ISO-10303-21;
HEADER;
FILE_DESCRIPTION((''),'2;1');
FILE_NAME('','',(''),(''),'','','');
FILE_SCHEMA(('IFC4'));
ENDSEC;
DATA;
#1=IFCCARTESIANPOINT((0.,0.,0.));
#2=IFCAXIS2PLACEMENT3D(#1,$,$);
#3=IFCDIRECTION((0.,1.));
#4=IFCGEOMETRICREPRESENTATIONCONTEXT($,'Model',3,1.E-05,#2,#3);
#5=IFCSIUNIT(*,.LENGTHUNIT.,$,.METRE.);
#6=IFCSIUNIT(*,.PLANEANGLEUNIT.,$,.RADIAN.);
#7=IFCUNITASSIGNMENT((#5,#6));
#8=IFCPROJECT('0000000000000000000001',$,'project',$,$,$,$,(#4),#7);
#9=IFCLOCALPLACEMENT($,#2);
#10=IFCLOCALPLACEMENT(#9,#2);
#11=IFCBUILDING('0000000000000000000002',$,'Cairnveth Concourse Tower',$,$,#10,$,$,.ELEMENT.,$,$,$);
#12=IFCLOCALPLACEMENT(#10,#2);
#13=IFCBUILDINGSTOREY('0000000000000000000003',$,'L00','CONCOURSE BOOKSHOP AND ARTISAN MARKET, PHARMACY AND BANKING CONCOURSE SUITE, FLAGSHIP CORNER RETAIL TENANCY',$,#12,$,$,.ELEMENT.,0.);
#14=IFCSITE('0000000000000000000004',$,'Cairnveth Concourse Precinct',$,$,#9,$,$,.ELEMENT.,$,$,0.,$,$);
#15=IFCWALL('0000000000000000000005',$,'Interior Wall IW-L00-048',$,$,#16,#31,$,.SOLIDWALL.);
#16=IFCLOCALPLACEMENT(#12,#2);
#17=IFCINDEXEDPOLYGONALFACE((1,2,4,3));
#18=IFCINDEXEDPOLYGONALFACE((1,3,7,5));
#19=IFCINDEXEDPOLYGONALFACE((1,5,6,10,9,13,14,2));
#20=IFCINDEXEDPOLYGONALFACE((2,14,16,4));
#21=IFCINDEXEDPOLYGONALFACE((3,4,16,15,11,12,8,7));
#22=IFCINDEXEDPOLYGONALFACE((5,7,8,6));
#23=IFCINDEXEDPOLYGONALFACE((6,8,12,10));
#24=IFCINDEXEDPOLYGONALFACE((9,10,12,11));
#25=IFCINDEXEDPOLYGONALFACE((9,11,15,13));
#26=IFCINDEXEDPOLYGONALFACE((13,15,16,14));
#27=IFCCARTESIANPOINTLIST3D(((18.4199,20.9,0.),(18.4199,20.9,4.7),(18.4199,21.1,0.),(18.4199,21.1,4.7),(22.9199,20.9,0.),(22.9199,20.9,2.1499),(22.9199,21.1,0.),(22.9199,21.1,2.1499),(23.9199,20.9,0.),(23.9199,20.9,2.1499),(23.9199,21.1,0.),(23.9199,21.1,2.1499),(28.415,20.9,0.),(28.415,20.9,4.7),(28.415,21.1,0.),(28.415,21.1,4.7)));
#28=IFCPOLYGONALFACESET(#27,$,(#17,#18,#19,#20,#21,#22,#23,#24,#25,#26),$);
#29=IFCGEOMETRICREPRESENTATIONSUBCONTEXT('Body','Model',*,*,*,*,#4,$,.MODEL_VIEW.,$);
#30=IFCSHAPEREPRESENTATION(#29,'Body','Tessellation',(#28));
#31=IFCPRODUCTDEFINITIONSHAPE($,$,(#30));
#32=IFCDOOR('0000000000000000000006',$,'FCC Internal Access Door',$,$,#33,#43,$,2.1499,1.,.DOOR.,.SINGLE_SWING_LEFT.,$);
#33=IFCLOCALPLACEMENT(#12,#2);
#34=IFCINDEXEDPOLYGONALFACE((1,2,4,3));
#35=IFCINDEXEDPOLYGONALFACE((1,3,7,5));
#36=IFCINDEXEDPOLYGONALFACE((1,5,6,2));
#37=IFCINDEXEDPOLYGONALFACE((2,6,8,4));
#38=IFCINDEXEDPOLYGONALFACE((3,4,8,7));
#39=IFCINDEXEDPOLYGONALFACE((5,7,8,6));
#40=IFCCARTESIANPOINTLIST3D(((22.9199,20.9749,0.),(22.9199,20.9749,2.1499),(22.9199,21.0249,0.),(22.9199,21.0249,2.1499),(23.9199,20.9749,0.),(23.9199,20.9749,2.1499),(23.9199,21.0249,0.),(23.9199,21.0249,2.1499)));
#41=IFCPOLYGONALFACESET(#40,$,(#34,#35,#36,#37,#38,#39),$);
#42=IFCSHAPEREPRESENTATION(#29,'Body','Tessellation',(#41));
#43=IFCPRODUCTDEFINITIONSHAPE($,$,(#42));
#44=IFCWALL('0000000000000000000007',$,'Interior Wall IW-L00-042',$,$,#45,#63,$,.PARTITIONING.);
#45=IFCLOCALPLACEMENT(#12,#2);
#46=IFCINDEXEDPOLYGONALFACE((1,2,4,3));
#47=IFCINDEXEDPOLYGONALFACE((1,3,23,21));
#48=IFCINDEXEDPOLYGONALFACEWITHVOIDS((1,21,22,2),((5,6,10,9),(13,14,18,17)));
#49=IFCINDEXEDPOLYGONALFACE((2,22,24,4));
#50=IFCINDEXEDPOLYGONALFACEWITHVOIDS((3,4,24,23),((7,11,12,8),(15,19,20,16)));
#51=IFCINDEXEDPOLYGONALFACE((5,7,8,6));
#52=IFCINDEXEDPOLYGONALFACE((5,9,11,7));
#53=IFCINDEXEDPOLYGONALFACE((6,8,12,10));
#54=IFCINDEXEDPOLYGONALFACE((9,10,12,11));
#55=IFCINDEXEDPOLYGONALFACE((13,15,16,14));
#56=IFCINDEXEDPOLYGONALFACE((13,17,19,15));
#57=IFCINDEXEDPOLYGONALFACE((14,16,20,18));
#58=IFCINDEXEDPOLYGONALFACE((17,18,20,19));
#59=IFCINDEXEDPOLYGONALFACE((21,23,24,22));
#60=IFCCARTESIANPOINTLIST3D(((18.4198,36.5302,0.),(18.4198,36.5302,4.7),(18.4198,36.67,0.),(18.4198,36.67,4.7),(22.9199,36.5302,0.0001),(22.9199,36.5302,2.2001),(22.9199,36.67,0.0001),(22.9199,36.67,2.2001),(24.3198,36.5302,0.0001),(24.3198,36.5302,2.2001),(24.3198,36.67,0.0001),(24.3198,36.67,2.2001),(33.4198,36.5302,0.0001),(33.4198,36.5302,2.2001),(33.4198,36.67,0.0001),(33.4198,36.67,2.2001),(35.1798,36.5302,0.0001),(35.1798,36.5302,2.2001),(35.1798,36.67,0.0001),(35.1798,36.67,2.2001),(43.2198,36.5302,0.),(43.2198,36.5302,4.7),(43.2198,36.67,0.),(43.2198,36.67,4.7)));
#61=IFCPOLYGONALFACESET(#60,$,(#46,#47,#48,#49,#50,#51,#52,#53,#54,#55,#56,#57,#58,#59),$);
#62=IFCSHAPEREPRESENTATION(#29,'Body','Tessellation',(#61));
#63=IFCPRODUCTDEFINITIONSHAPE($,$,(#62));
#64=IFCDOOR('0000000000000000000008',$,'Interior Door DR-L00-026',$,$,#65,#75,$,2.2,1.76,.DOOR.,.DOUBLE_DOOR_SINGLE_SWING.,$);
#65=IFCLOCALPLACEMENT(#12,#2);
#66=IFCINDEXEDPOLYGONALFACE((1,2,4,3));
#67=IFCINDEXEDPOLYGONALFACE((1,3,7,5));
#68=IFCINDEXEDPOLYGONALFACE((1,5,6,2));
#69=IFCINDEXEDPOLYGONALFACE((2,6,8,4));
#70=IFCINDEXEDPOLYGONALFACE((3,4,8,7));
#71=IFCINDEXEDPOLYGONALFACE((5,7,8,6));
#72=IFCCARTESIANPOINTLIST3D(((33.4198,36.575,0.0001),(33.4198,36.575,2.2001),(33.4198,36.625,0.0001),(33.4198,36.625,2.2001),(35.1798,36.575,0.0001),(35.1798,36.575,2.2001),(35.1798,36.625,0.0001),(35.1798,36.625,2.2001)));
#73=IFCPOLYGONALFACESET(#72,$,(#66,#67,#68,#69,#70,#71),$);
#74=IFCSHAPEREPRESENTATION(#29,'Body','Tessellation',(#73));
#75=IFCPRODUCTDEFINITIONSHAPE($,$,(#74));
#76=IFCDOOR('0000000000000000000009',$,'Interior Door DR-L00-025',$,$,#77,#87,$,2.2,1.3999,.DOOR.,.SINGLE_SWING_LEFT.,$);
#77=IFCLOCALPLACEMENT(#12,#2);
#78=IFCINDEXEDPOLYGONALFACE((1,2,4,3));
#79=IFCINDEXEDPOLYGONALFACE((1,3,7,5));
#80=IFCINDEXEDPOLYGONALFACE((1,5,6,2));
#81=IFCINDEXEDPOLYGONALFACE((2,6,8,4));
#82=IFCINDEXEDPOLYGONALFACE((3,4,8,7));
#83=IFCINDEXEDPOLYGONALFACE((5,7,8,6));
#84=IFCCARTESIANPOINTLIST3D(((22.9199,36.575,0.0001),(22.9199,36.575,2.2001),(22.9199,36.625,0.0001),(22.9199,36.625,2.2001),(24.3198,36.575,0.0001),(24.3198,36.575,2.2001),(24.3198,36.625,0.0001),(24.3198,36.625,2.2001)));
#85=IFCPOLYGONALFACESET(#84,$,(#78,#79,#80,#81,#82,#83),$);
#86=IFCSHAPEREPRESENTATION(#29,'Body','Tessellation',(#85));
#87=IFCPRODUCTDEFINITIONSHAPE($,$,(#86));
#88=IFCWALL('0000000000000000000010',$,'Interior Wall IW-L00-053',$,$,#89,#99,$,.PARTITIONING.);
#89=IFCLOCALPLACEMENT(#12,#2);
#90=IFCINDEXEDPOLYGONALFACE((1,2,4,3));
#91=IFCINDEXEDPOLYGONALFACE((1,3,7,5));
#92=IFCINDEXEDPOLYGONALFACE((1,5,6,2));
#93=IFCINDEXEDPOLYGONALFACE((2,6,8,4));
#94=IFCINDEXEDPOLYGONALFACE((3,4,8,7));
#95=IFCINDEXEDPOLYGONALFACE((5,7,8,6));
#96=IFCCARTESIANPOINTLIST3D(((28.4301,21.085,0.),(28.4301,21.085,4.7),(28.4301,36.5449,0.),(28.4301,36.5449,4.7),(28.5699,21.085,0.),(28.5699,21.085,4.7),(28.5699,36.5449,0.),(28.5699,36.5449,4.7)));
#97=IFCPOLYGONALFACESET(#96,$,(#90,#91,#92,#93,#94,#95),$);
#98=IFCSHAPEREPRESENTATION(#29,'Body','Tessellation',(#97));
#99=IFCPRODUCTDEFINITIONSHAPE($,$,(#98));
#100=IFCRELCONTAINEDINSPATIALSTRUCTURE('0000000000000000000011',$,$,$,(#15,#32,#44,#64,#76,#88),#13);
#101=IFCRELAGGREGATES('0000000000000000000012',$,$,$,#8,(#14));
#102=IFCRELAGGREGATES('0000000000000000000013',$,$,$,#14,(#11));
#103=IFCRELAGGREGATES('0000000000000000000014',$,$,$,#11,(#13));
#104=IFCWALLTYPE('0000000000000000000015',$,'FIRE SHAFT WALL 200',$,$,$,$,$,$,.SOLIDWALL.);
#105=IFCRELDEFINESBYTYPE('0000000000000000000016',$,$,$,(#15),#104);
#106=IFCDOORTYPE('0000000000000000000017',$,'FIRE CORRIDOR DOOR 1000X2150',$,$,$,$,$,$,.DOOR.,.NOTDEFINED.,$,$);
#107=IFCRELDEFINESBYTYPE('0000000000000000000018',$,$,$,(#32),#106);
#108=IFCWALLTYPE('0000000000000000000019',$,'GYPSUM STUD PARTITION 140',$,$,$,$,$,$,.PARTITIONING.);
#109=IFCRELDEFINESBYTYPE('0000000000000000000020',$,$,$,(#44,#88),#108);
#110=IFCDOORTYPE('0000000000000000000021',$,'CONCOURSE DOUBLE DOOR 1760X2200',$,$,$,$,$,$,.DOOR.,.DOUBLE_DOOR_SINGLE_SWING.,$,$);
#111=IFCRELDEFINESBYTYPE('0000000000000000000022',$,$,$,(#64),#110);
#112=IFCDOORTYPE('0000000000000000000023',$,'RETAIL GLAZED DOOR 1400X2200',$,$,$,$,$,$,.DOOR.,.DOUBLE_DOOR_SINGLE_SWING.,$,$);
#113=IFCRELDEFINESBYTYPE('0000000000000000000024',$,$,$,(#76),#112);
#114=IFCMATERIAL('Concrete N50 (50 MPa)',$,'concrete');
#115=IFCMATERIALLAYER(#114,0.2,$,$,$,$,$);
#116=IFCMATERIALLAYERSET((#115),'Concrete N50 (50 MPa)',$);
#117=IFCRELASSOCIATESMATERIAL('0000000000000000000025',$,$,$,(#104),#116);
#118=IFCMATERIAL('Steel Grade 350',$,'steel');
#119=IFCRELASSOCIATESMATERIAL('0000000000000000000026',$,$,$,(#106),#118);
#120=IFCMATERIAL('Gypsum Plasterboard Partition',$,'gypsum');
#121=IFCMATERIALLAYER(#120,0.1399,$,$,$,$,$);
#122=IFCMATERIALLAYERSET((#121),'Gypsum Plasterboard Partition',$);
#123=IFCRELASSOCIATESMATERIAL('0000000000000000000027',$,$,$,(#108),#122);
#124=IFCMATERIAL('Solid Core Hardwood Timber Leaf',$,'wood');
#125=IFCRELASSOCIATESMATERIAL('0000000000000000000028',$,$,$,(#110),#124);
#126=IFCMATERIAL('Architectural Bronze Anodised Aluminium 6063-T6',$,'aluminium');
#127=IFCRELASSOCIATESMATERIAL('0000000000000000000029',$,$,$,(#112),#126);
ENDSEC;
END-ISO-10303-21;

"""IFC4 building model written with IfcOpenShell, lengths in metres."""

from ifc_helpers import new_model, si_unit, direction, frame, frame_2d, origin, place, context, subcontext, project, spatial, rectangle, extrude, material, layer, layer_set, type_object, element, fill, save


model = new_model("IFC4")

# Units and contexts
model_context = context("Model", 3, precision=1e-05, world=origin(), true_north=direction((0.0, 1.0)))
body_context = subcontext(model_context, "Body", "Model", "MODEL_VIEW")
ifc_project = project(units=[si_unit("LENGTHUNIT", "METRE"), si_unit("PLANEANGLEUNIT", "RADIAN")], contexts=[model_context])

# Site, building, storey
site_placement = place(None, origin())
site = spatial("IfcSite", under=ifc_project, at=site_placement, Name="Cairnveth Concourse Precinct", CompositionType="ELEMENT", RefElevation=0.0)
building_placement = place(site_placement, origin())
building = spatial("IfcBuilding", under=site, at=building_placement, Name="Cairnveth Concourse Tower", CompositionType="ELEMENT")
storey_placement = place(building_placement, origin())
storey = spatial("IfcBuildingStorey", under=building, at=storey_placement, Name="L00", Description="CONCOURSE BOOKSHOP AND ARTISAN MARKET, PHARMACY AND BANKING CONCOURSE SUITE, FLAGSHIP CORNER RETAIL TENANCY", CompositionType="ELEMENT", Elevation=0.0)

# Shared definitions
ifc_material_1 = material(Name="Architectural Bronze Anodised Aluminium 6063-T6", Category="aluminium")

# Shared definitions
ifc_material_2 = material(Name="Steel Grade 350", Category="steel")

# Wall, opening, door
ifc_material_3 = material(Name="Concrete N50 (50 MPa)", Category="concrete")
ifc_layer_1 = layer(ifc_material_3, 0.2)
ifc_layer_set_1 = layer_set([ifc_layer_1], Name="Concrete N50 (50 MPa)")
wall_type_1 = type_object("IfcWallType", Name="FIRE SHAFT WALL 200", PredefinedType="SOLIDWALL", material=ifc_layer_set_1)
wall_1_placement = place(storey_placement, frame((18.4199, 21.0, 0.0), z_axis=(0.0, 0.0, 1.0), x_axis=(1.0, 0.0, 0.0)))
wall_1 = element("IfcWall", 1, at=wall_1_placement, inside=storey, type_object=wall_type_1, Name="Interior Wall IW-L00-048", PredefinedType="SOLIDWALL", context=body_context, shape_type="SweptSolid", body=[
    extrude(rectangle(XDim=9.9951, YDim=0.2, at=frame_2d((4.9976, 0.0))), origin(), (0.0, 0.0, 1.0), 4.7),
])
opening_1_placement = place(wall_1_placement, frame((4.5, 0.0, 0.0)))
opening_1 = element("IfcOpeningElement", 2, at=opening_1_placement, cuts=wall_1, PredefinedType="OPENING", context=body_context, shape_type="SweptSolid", body=[
    extrude(rectangle(XDim=1.0, YDim=2.1499, at=frame_2d((0.5, 1.075))), frame((0.0, 0.1099, 0.0), z_axis=(0.0, -1.0, 0.0), x_axis=(1.0, 0.0, 0.0)), (0.0, 0.0, 1.0), 0.22),
])
door_type_1 = type_object("IfcDoorType", Name="FIRE CORRIDOR DOOR 1000X2150", OperationType="NOTDEFINED", PredefinedType="DOOR", material=ifc_material_2)
door_1_placement = place(opening_1_placement, origin())
door_1 = element("IfcDoor", 3, at=door_1_placement, inside=storey, type_object=door_type_1, Name="FCC Internal Access Door", OperationType="SINGLE_SWING_LEFT", OverallHeight=2.1499, OverallWidth=1.0, PredefinedType="DOOR", context=body_context, shape_type="SweptSolid", body=[
    extrude(rectangle(XDim=1.0, YDim=2.1499, at=frame_2d((0.5, 1.075))), frame((0.0, 0.0249, 0.0), z_axis=(0.0, -1.0, 0.0), x_axis=(1.0, 0.0, 0.0)), (0.0, 0.0, 1.0), 0.05),
])
fill(opening_1, door_1)

# Wall, openings, doors
ifc_material_4 = material(Name="Gypsum Plasterboard Partition", Category="gypsum")
ifc_layer_2 = layer(ifc_material_4, 0.1399)
ifc_layer_set_2 = layer_set([ifc_layer_2], Name="Gypsum Plasterboard Partition")
wall_type_2 = type_object("IfcWallType", Name="GYPSUM STUD PARTITION 140", PredefinedType="PARTITIONING", material=ifc_layer_set_2)
wall_2_placement = place(storey_placement, frame((18.4199, 36.6001, 0.0), z_axis=(0.0, 0.0, 1.0), x_axis=(1.0, 0.0, 0.0)))
wall_2 = element("IfcWall", 4, at=wall_2_placement, inside=storey, type_object=wall_type_2, Name="Interior Wall IW-L00-042", PredefinedType="PARTITIONING", context=body_context, shape_type="SweptSolid", body=[
    extrude(rectangle(XDim=24.8, YDim=0.1399, at=frame_2d((12.3999, 0.0))), origin(), (0.0, 0.0, 1.0), 4.7),
])
opening_2_placement = place(wall_2_placement, frame((4.5, 0.0, 0.0)))
opening_2 = element("IfcOpeningElement", 5, at=opening_2_placement, cuts=wall_2, PredefinedType="OPENING", context=body_context, shape_type="SweptSolid", body=[
    extrude(rectangle(XDim=1.3999, YDim=2.2, at=frame_2d((0.7, 1.1001))), frame((0.0, 0.0798, 0.0), z_axis=(0.0, -1.0, 0.0), x_axis=(1.0, 0.0, 0.0)), (0.0, 0.0, 1.0), 0.1599),
])
opening_3_placement = place(wall_2_placement, frame((15.0, 0.0, 0.0)))
opening_3 = element("IfcOpeningElement", 6, at=opening_3_placement, cuts=wall_2, PredefinedType="OPENING", context=body_context, shape_type="SweptSolid", body=[
    extrude(rectangle(XDim=1.76, YDim=2.2, at=frame_2d((0.8799, 1.1001))), frame((0.0, 0.0798, 0.0), z_axis=(0.0, -1.0, 0.0), x_axis=(1.0, 0.0, 0.0)), (0.0, 0.0, 1.0), 0.1599),
])
ifc_material_5 = material(Name="Solid Core Hardwood Timber Leaf", Category="wood")
door_type_2 = type_object("IfcDoorType", Name="CONCOURSE DOUBLE DOOR 1760X2200", OperationType="DOUBLE_DOOR_SINGLE_SWING", PredefinedType="DOOR", material=ifc_material_5)
door_2_placement = place(opening_3_placement, origin())
door_2 = element("IfcDoor", 7, at=door_2_placement, inside=storey, type_object=door_type_2, Name="Interior Door DR-L00-026", OperationType="DOUBLE_DOOR_SINGLE_SWING", OverallHeight=2.2, OverallWidth=1.76, PredefinedType="DOOR", context=body_context, shape_type="SweptSolid", body=[
    extrude(rectangle(XDim=1.76, YDim=2.2, at=frame_2d((0.8799, 1.1001))), frame((0.0, 0.0249, 0.0), z_axis=(0.0, -1.0, 0.0), x_axis=(1.0, 0.0, 0.0)), (0.0, 0.0, 1.0), 0.05),
])
fill(opening_3, door_2)
door_type_3 = type_object("IfcDoorType", Name="RETAIL GLAZED DOOR 1400X2200", OperationType="DOUBLE_DOOR_SINGLE_SWING", PredefinedType="DOOR", material=ifc_material_1)
door_3_placement = place(opening_2_placement, origin())
door_3 = element("IfcDoor", 8, at=door_3_placement, inside=storey, type_object=door_type_3, Name="Interior Door DR-L00-025", OperationType="SINGLE_SWING_LEFT", OverallHeight=2.2, OverallWidth=1.3999, PredefinedType="DOOR", context=body_context, shape_type="SweptSolid", body=[
    extrude(rectangle(XDim=1.3999, YDim=2.2, at=frame_2d((0.7, 1.1001))), frame((0.0, 0.0249, 0.0), z_axis=(0.0, -1.0, 0.0), x_axis=(1.0, 0.0, 0.0)), (0.0, 0.0, 1.0), 0.05),
])
fill(opening_2, door_3)

# Wall
wall_3_placement = place(storey_placement, frame((28.5, 21.085, 0.0), z_axis=(0.0, 0.0, 1.0), x_axis=(0.0, 1.0, 0.0)))
element("IfcWall", 9, at=wall_3_placement, inside=storey, type_object=wall_type_2, Name="Interior Wall IW-L00-053", PredefinedType="PARTITIONING", context=body_context, shape_type="SweptSolid", body=[
    extrude(rectangle(XDim=15.46, YDim=0.1399, at=frame_2d((7.73, 0.0))), origin(), (0.0, 0.0, 1.0), 4.7),
])

save(model, "model.ifc")
